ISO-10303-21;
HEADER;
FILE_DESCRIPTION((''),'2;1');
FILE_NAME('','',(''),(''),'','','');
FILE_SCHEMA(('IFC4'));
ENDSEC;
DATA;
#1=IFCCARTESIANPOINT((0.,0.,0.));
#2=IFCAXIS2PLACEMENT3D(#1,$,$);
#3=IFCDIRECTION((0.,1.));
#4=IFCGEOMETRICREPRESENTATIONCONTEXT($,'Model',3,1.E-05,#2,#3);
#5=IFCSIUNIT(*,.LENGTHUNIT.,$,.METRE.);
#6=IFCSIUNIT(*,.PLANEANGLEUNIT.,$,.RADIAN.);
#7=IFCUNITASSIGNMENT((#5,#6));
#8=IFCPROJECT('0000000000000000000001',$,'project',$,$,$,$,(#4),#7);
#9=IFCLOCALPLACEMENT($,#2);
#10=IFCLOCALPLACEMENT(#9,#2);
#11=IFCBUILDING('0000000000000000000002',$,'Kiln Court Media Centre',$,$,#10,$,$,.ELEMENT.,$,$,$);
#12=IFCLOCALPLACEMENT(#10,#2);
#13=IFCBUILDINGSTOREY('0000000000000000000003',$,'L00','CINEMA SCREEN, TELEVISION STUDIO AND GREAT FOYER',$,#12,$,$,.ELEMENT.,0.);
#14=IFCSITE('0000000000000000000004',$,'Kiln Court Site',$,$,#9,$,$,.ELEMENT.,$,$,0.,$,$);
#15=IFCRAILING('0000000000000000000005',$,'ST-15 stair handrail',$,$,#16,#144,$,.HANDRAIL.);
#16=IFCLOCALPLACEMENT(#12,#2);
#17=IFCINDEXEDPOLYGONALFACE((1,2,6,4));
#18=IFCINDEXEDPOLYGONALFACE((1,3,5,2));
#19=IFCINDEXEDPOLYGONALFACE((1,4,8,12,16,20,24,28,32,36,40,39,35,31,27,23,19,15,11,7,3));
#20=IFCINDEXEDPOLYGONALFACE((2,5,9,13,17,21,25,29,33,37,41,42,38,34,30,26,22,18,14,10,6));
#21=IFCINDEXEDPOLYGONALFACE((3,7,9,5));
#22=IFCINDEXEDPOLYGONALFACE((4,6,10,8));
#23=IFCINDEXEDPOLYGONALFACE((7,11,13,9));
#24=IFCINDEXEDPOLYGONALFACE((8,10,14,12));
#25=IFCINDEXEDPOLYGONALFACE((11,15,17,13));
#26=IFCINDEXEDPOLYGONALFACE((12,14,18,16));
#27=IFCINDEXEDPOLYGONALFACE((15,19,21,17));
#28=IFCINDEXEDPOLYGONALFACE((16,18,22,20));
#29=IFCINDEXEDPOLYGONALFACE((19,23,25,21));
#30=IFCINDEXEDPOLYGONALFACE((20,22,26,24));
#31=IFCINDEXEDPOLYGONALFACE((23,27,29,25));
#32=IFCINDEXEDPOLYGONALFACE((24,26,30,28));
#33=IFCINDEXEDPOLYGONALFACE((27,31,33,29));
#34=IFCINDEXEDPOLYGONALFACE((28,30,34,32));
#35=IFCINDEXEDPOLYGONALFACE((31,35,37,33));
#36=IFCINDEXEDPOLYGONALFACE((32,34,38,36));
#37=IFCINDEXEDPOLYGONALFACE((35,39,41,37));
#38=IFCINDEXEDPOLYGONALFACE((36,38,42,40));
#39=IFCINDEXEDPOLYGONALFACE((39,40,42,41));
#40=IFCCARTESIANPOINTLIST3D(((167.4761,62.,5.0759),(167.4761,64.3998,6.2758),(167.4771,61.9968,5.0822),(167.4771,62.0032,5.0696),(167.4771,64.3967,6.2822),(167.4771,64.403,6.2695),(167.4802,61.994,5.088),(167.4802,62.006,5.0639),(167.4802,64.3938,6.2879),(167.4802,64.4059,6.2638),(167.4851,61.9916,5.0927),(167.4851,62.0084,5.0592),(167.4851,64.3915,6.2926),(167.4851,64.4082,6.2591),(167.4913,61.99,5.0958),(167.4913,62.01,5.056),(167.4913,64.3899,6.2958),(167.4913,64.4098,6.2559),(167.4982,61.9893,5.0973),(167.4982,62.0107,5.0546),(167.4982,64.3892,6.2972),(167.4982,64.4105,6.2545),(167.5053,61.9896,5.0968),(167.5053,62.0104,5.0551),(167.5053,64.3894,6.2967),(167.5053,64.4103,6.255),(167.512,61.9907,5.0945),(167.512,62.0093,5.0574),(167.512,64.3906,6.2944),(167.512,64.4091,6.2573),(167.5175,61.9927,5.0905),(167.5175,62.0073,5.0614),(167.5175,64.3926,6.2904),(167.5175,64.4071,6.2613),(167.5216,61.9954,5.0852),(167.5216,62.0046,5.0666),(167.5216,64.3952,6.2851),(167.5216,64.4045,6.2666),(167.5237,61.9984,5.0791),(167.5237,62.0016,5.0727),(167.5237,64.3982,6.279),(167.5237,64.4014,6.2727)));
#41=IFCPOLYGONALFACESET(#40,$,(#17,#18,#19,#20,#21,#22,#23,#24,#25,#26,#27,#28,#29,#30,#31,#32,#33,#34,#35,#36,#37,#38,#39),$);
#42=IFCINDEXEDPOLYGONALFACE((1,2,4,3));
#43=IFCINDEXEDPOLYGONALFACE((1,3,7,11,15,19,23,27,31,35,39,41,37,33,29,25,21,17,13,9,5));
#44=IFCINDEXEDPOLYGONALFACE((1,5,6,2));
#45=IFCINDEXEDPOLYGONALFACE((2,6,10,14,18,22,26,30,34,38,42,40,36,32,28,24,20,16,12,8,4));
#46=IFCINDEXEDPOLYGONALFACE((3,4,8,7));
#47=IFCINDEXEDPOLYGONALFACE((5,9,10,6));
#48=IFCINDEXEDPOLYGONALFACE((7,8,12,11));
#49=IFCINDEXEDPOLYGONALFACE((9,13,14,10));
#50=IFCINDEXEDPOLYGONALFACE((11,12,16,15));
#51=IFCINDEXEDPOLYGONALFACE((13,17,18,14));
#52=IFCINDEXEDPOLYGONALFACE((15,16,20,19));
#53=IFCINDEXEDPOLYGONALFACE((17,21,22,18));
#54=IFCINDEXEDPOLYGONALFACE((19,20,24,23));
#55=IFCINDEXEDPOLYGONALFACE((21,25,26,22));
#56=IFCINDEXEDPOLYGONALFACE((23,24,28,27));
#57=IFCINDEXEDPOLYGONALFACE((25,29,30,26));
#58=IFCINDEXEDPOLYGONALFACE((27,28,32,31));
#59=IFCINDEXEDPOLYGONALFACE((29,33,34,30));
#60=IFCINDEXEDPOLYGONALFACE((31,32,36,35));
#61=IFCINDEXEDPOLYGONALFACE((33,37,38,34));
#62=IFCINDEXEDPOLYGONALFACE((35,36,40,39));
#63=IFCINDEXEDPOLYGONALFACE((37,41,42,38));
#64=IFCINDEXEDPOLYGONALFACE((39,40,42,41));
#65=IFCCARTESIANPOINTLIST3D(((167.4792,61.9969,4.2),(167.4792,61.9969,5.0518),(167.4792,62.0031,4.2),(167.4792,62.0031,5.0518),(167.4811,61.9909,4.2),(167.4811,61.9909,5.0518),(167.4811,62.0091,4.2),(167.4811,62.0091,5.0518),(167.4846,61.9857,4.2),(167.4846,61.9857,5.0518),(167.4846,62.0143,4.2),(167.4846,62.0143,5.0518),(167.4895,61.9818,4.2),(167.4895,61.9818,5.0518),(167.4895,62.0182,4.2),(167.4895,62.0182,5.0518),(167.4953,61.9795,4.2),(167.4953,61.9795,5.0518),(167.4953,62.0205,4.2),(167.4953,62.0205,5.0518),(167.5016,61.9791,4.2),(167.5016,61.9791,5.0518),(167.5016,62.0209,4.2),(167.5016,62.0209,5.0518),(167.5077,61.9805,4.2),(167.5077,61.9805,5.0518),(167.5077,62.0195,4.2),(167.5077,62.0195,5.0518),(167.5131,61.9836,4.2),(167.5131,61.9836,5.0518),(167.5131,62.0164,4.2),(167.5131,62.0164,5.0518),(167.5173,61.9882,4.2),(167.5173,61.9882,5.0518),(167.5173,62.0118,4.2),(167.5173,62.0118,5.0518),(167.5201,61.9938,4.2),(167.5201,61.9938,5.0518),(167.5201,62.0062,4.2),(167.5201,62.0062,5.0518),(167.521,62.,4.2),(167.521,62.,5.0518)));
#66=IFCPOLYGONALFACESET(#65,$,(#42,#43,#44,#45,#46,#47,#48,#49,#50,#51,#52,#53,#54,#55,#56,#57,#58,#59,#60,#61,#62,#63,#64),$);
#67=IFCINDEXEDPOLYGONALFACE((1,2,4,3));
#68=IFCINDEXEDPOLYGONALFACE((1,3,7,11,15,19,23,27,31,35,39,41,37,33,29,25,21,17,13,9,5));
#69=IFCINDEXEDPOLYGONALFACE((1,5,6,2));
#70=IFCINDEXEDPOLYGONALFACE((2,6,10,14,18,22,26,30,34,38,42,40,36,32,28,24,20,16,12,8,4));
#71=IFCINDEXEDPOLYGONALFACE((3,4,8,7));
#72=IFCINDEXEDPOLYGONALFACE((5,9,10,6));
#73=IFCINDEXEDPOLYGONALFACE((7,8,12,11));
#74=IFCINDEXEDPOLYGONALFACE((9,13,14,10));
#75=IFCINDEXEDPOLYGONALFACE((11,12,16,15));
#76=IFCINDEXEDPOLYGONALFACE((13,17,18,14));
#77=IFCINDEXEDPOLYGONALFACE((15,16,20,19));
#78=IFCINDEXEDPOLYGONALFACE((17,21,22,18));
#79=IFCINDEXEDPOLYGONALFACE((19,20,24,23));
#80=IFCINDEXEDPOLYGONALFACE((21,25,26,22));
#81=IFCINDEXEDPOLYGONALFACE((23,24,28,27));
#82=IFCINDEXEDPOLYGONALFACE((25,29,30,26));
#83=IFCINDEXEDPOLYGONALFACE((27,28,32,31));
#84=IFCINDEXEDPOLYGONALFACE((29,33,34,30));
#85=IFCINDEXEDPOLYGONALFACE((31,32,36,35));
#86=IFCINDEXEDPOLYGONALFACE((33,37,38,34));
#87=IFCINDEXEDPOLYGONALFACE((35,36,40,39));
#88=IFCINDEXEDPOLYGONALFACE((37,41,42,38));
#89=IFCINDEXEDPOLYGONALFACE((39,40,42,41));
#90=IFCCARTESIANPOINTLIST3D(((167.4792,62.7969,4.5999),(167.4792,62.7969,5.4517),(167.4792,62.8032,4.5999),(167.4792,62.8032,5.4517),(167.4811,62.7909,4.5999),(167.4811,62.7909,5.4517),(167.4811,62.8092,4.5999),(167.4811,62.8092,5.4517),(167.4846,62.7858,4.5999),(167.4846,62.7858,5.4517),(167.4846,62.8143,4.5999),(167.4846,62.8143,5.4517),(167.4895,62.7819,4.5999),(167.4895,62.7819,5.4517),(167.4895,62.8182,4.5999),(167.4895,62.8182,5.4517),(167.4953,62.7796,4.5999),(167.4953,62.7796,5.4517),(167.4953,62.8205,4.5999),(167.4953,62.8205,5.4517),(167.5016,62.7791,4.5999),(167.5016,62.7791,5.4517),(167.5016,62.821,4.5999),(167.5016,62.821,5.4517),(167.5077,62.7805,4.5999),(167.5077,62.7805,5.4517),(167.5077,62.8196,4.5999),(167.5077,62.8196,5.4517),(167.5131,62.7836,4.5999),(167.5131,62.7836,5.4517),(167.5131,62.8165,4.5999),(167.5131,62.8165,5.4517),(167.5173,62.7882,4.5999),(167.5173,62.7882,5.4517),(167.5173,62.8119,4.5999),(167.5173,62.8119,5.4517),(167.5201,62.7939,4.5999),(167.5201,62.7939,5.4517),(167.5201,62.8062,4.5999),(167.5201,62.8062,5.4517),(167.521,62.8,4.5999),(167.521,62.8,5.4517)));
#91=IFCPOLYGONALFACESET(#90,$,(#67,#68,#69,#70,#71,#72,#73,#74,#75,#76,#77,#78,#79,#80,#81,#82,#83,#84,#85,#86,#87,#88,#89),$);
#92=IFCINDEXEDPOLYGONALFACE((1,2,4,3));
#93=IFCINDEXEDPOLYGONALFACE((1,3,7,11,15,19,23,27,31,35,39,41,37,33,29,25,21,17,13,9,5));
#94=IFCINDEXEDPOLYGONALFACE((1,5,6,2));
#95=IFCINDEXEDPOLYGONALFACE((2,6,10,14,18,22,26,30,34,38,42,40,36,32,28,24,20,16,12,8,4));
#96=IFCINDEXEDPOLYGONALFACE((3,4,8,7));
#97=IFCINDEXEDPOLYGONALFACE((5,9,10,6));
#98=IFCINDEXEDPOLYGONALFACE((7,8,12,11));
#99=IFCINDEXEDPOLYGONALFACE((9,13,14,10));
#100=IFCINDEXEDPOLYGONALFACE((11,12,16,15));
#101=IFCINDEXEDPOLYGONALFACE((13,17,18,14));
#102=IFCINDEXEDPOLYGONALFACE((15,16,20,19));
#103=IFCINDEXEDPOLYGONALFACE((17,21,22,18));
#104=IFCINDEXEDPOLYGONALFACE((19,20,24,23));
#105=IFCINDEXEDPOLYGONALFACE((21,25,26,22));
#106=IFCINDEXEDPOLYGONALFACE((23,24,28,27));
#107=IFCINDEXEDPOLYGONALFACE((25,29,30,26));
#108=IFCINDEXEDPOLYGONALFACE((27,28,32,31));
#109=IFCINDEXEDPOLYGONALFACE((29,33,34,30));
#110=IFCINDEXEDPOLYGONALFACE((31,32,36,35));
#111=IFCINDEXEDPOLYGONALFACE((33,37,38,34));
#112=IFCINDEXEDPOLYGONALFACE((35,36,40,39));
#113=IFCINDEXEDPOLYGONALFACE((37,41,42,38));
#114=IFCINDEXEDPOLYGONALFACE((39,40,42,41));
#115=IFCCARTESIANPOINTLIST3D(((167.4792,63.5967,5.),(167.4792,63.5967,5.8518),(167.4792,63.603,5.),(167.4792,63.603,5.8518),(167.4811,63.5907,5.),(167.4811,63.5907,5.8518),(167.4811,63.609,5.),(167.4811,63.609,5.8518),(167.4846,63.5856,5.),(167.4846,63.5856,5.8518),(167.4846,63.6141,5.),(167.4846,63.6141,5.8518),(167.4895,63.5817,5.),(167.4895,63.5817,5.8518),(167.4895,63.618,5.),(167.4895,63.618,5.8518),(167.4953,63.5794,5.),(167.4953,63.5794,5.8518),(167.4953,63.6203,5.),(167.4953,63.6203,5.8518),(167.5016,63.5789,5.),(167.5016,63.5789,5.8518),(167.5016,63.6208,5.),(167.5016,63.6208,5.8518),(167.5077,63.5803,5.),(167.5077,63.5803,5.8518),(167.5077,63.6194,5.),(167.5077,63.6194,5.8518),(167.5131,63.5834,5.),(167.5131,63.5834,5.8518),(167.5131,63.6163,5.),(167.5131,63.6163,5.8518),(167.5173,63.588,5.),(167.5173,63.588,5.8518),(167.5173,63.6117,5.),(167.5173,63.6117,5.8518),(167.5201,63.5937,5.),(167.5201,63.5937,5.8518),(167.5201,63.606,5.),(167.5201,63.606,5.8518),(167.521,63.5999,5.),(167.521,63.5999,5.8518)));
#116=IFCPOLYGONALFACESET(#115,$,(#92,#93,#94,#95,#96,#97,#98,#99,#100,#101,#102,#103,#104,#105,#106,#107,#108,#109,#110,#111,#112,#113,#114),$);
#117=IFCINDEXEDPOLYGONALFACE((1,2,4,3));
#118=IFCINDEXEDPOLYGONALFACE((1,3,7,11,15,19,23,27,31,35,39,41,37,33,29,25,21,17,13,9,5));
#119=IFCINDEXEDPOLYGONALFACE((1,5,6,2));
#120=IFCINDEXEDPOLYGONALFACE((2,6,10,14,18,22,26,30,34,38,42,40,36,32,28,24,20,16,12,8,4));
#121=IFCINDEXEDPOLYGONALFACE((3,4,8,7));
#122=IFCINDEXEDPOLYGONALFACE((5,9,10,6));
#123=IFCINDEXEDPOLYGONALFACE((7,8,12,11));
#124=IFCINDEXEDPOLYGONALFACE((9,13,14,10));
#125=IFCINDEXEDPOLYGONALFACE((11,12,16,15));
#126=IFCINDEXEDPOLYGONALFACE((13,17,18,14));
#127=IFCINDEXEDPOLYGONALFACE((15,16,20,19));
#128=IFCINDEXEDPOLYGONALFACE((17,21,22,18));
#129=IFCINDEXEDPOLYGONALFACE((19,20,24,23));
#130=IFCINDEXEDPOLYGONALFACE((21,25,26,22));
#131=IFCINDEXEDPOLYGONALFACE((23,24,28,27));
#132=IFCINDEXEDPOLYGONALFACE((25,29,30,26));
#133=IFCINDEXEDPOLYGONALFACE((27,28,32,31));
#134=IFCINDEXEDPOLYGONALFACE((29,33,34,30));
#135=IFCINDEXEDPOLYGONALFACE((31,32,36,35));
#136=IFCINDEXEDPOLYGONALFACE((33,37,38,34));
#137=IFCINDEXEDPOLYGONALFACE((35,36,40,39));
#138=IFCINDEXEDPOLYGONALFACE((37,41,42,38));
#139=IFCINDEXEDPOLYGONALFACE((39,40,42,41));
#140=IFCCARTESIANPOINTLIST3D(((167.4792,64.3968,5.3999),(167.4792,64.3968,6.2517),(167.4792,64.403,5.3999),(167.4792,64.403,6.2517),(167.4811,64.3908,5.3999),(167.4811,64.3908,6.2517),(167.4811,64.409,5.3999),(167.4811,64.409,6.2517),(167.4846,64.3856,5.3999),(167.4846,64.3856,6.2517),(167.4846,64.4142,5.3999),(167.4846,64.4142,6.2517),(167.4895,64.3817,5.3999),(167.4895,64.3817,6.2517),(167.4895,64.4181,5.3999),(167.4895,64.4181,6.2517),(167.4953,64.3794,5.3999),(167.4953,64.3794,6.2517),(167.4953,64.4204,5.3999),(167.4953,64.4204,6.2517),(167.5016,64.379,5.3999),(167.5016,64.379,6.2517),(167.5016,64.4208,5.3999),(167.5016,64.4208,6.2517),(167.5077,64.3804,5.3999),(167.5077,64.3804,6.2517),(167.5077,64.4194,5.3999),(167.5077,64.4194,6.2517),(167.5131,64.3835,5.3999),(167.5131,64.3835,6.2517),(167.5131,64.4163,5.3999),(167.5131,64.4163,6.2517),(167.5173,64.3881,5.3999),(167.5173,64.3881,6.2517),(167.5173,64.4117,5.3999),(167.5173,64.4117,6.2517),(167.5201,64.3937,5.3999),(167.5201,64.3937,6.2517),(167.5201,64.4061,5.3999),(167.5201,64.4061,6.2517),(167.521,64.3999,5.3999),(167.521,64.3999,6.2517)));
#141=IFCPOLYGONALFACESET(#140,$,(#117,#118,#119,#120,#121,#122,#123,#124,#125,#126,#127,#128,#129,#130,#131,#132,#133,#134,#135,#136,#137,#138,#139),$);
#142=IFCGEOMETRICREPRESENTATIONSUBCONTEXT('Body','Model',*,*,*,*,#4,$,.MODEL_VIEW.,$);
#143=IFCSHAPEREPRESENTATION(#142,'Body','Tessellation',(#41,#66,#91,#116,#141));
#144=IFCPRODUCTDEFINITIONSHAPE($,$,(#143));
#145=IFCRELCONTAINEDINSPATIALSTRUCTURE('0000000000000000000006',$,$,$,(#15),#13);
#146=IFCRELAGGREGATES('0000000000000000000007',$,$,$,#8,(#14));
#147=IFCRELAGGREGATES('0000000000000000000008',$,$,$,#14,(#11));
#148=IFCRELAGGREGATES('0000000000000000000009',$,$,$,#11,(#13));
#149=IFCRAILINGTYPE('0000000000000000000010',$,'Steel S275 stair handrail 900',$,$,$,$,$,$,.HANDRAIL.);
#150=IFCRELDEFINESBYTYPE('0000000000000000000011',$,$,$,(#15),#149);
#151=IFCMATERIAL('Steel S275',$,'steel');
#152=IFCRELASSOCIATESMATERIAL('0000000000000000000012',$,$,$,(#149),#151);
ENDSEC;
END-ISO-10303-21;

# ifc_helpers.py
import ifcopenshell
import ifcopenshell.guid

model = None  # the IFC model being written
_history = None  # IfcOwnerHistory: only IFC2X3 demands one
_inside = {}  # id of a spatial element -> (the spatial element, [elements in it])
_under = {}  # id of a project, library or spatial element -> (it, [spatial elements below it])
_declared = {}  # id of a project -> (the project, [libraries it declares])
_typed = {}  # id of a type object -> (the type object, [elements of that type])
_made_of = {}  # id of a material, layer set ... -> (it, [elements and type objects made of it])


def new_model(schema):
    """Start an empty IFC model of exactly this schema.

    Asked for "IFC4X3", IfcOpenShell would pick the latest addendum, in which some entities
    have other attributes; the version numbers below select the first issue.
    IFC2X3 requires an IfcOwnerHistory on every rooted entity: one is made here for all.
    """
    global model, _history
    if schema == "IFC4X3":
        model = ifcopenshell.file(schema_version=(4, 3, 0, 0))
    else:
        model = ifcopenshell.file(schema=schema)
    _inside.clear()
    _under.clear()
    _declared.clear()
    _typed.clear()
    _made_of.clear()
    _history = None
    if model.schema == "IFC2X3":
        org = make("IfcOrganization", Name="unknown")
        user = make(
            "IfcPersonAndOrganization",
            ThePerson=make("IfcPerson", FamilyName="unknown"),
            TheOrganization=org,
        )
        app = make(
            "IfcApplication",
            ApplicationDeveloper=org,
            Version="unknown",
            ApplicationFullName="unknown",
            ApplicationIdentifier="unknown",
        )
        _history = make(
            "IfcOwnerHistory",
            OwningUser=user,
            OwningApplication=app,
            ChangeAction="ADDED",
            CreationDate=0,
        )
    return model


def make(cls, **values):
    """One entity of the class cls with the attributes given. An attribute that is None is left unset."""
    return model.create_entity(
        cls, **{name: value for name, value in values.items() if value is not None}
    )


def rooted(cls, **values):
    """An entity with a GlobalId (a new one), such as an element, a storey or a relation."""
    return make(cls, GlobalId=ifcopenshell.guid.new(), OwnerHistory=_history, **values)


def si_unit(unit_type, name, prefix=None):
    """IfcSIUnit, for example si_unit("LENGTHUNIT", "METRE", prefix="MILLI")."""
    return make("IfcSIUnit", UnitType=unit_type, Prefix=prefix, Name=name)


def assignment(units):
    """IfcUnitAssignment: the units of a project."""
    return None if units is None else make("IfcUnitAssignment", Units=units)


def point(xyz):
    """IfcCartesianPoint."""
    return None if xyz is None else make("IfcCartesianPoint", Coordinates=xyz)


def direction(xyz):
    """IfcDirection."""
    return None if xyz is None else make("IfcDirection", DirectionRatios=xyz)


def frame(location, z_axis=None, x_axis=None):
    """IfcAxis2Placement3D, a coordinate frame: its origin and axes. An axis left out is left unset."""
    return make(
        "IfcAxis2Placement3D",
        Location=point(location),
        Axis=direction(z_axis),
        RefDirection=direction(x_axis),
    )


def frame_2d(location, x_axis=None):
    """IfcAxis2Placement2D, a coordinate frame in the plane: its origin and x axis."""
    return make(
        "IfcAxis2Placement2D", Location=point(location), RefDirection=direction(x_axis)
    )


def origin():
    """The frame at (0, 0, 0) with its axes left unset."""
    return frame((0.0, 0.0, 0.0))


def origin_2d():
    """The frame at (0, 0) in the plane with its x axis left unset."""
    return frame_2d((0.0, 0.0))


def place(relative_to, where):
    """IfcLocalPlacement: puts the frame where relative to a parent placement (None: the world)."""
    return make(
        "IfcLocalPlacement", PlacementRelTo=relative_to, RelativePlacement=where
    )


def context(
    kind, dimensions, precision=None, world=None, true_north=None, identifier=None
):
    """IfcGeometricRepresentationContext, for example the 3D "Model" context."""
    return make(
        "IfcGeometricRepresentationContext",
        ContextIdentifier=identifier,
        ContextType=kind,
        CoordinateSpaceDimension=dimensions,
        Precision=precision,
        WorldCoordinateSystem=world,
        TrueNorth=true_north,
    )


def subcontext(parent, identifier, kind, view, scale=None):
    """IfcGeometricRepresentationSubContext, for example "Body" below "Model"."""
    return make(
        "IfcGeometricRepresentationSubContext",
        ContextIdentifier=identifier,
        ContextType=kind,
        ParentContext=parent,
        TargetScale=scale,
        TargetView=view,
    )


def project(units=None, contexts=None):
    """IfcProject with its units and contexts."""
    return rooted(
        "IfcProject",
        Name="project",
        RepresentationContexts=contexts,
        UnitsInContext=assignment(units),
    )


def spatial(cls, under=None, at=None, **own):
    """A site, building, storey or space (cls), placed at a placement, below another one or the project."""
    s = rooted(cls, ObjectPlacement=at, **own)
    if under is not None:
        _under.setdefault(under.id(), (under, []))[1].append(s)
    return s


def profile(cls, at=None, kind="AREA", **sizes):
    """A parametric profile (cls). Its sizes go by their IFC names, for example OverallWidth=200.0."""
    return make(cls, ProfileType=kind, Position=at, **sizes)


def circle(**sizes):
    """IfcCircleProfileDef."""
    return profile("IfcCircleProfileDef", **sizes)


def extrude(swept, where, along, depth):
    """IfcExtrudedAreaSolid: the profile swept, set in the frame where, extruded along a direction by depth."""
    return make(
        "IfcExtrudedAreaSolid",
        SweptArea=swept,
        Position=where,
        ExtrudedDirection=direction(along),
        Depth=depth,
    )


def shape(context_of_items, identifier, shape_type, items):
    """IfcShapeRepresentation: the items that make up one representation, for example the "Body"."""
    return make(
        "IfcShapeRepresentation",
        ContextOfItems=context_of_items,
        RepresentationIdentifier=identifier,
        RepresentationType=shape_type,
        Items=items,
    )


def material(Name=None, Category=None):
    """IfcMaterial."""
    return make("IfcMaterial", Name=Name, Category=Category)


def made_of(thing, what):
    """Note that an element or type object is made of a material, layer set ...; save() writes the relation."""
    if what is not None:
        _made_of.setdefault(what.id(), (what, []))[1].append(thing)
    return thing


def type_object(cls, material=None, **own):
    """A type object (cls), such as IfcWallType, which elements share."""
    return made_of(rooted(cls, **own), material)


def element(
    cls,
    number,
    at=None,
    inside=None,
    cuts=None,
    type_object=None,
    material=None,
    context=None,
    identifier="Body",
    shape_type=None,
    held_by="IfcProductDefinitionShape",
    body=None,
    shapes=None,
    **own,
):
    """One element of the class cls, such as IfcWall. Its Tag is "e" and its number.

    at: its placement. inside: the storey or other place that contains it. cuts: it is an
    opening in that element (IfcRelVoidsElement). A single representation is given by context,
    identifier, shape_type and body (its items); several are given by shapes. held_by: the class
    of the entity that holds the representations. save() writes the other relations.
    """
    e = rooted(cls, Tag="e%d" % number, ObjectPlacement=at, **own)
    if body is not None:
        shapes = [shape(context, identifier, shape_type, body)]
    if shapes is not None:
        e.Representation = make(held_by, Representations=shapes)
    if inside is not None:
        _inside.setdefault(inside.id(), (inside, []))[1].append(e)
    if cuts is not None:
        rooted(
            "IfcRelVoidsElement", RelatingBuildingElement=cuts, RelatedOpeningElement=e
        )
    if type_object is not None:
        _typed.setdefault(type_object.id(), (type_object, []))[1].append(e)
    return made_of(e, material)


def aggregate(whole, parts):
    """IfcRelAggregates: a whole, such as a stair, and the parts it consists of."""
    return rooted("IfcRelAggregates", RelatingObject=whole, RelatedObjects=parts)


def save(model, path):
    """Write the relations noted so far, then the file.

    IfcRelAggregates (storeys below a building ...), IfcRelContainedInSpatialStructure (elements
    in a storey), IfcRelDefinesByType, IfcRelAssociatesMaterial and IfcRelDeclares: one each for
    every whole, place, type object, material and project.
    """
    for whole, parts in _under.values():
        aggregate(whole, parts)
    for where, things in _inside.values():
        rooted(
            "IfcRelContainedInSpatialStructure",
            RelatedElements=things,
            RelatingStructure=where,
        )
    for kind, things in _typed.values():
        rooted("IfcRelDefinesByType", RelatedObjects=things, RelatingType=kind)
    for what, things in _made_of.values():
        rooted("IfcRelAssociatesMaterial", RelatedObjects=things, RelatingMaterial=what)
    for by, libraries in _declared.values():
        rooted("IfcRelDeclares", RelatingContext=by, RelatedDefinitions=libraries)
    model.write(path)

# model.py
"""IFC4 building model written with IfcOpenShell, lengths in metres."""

from ifc_helpers import new_model, si_unit, direction, frame, origin, origin_2d, place, context, subcontext, project, spatial, circle, extrude, material, type_object, element, save


model = new_model("IFC4")

# Units and contexts
model_context = context("Model", 3, precision=1e-05, world=origin(), true_north=direction((0.0, 1.0)))
body_context = subcontext(model_context, "Body", "Model", "MODEL_VIEW")
ifc_project = project(units=[si_unit("LENGTHUNIT", "METRE"), si_unit("PLANEANGLEUNIT", "RADIAN")], contexts=[model_context])

# Site, building, storey
site_placement = place(None, origin())
site = spatial("IfcSite", under=ifc_project, at=site_placement, Name="Kiln Court Site", CompositionType="ELEMENT", RefElevation=0.0)
building_placement = place(site_placement, origin())
building = spatial("IfcBuilding", under=site, at=building_placement, Name="Kiln Court Media Centre", CompositionType="ELEMENT")
storey_placement = place(building_placement, origin())
storey = spatial("IfcBuildingStorey", under=building, at=storey_placement, Name="L00", Description="CINEMA SCREEN, TELEVISION STUDIO AND GREAT FOYER", CompositionType="ELEMENT", Elevation=0.0)

# Railing
ifc_material_1 = material(Name="Steel S275", Category="steel")
railing_type_1 = type_object("IfcRailingType", Name="Steel S275 stair handrail 900", PredefinedType="HANDRAIL", material=ifc_material_1)
railing_1_placement = place(storey_placement, frame((167.5, 62.0, 4.2)))
element("IfcRailing", 1, at=railing_1_placement, inside=storey, type_object=railing_type_1, Name="ST-15 stair handrail", PredefinedType="HANDRAIL", context=body_context, shape_type="SweptSolid", body=[
    extrude(circle(Radius=0.0239, at=origin_2d()), frame((0.0, 0.0, 0.876), z_axis=(0.0, 0.894427, 0.447214), x_axis=(-1.0, 0.0, 0.0)), (0.0, 0.0, 1.0), 2.6831),
    extrude(circle(Radius=0.021, at=origin_2d()), origin(), (0.0, 0.0, 1.0), 0.8518),
    extrude(circle(Radius=0.021, at=origin_2d()), frame((0.0, 0.8, 0.3999)), (0.0, 0.0, 1.0), 0.8518),
    extrude(circle(Radius=0.021, at=origin_2d()), frame((0.0, 1.5999, 0.8)), (0.0, 0.0, 1.0), 0.8518),
    extrude(circle(Radius=0.021, at=origin_2d()), frame((0.0, 2.3999, 1.2)), (0.0, 0.0, 1.0), 0.8518),
])

save(model, "model.ifc")
